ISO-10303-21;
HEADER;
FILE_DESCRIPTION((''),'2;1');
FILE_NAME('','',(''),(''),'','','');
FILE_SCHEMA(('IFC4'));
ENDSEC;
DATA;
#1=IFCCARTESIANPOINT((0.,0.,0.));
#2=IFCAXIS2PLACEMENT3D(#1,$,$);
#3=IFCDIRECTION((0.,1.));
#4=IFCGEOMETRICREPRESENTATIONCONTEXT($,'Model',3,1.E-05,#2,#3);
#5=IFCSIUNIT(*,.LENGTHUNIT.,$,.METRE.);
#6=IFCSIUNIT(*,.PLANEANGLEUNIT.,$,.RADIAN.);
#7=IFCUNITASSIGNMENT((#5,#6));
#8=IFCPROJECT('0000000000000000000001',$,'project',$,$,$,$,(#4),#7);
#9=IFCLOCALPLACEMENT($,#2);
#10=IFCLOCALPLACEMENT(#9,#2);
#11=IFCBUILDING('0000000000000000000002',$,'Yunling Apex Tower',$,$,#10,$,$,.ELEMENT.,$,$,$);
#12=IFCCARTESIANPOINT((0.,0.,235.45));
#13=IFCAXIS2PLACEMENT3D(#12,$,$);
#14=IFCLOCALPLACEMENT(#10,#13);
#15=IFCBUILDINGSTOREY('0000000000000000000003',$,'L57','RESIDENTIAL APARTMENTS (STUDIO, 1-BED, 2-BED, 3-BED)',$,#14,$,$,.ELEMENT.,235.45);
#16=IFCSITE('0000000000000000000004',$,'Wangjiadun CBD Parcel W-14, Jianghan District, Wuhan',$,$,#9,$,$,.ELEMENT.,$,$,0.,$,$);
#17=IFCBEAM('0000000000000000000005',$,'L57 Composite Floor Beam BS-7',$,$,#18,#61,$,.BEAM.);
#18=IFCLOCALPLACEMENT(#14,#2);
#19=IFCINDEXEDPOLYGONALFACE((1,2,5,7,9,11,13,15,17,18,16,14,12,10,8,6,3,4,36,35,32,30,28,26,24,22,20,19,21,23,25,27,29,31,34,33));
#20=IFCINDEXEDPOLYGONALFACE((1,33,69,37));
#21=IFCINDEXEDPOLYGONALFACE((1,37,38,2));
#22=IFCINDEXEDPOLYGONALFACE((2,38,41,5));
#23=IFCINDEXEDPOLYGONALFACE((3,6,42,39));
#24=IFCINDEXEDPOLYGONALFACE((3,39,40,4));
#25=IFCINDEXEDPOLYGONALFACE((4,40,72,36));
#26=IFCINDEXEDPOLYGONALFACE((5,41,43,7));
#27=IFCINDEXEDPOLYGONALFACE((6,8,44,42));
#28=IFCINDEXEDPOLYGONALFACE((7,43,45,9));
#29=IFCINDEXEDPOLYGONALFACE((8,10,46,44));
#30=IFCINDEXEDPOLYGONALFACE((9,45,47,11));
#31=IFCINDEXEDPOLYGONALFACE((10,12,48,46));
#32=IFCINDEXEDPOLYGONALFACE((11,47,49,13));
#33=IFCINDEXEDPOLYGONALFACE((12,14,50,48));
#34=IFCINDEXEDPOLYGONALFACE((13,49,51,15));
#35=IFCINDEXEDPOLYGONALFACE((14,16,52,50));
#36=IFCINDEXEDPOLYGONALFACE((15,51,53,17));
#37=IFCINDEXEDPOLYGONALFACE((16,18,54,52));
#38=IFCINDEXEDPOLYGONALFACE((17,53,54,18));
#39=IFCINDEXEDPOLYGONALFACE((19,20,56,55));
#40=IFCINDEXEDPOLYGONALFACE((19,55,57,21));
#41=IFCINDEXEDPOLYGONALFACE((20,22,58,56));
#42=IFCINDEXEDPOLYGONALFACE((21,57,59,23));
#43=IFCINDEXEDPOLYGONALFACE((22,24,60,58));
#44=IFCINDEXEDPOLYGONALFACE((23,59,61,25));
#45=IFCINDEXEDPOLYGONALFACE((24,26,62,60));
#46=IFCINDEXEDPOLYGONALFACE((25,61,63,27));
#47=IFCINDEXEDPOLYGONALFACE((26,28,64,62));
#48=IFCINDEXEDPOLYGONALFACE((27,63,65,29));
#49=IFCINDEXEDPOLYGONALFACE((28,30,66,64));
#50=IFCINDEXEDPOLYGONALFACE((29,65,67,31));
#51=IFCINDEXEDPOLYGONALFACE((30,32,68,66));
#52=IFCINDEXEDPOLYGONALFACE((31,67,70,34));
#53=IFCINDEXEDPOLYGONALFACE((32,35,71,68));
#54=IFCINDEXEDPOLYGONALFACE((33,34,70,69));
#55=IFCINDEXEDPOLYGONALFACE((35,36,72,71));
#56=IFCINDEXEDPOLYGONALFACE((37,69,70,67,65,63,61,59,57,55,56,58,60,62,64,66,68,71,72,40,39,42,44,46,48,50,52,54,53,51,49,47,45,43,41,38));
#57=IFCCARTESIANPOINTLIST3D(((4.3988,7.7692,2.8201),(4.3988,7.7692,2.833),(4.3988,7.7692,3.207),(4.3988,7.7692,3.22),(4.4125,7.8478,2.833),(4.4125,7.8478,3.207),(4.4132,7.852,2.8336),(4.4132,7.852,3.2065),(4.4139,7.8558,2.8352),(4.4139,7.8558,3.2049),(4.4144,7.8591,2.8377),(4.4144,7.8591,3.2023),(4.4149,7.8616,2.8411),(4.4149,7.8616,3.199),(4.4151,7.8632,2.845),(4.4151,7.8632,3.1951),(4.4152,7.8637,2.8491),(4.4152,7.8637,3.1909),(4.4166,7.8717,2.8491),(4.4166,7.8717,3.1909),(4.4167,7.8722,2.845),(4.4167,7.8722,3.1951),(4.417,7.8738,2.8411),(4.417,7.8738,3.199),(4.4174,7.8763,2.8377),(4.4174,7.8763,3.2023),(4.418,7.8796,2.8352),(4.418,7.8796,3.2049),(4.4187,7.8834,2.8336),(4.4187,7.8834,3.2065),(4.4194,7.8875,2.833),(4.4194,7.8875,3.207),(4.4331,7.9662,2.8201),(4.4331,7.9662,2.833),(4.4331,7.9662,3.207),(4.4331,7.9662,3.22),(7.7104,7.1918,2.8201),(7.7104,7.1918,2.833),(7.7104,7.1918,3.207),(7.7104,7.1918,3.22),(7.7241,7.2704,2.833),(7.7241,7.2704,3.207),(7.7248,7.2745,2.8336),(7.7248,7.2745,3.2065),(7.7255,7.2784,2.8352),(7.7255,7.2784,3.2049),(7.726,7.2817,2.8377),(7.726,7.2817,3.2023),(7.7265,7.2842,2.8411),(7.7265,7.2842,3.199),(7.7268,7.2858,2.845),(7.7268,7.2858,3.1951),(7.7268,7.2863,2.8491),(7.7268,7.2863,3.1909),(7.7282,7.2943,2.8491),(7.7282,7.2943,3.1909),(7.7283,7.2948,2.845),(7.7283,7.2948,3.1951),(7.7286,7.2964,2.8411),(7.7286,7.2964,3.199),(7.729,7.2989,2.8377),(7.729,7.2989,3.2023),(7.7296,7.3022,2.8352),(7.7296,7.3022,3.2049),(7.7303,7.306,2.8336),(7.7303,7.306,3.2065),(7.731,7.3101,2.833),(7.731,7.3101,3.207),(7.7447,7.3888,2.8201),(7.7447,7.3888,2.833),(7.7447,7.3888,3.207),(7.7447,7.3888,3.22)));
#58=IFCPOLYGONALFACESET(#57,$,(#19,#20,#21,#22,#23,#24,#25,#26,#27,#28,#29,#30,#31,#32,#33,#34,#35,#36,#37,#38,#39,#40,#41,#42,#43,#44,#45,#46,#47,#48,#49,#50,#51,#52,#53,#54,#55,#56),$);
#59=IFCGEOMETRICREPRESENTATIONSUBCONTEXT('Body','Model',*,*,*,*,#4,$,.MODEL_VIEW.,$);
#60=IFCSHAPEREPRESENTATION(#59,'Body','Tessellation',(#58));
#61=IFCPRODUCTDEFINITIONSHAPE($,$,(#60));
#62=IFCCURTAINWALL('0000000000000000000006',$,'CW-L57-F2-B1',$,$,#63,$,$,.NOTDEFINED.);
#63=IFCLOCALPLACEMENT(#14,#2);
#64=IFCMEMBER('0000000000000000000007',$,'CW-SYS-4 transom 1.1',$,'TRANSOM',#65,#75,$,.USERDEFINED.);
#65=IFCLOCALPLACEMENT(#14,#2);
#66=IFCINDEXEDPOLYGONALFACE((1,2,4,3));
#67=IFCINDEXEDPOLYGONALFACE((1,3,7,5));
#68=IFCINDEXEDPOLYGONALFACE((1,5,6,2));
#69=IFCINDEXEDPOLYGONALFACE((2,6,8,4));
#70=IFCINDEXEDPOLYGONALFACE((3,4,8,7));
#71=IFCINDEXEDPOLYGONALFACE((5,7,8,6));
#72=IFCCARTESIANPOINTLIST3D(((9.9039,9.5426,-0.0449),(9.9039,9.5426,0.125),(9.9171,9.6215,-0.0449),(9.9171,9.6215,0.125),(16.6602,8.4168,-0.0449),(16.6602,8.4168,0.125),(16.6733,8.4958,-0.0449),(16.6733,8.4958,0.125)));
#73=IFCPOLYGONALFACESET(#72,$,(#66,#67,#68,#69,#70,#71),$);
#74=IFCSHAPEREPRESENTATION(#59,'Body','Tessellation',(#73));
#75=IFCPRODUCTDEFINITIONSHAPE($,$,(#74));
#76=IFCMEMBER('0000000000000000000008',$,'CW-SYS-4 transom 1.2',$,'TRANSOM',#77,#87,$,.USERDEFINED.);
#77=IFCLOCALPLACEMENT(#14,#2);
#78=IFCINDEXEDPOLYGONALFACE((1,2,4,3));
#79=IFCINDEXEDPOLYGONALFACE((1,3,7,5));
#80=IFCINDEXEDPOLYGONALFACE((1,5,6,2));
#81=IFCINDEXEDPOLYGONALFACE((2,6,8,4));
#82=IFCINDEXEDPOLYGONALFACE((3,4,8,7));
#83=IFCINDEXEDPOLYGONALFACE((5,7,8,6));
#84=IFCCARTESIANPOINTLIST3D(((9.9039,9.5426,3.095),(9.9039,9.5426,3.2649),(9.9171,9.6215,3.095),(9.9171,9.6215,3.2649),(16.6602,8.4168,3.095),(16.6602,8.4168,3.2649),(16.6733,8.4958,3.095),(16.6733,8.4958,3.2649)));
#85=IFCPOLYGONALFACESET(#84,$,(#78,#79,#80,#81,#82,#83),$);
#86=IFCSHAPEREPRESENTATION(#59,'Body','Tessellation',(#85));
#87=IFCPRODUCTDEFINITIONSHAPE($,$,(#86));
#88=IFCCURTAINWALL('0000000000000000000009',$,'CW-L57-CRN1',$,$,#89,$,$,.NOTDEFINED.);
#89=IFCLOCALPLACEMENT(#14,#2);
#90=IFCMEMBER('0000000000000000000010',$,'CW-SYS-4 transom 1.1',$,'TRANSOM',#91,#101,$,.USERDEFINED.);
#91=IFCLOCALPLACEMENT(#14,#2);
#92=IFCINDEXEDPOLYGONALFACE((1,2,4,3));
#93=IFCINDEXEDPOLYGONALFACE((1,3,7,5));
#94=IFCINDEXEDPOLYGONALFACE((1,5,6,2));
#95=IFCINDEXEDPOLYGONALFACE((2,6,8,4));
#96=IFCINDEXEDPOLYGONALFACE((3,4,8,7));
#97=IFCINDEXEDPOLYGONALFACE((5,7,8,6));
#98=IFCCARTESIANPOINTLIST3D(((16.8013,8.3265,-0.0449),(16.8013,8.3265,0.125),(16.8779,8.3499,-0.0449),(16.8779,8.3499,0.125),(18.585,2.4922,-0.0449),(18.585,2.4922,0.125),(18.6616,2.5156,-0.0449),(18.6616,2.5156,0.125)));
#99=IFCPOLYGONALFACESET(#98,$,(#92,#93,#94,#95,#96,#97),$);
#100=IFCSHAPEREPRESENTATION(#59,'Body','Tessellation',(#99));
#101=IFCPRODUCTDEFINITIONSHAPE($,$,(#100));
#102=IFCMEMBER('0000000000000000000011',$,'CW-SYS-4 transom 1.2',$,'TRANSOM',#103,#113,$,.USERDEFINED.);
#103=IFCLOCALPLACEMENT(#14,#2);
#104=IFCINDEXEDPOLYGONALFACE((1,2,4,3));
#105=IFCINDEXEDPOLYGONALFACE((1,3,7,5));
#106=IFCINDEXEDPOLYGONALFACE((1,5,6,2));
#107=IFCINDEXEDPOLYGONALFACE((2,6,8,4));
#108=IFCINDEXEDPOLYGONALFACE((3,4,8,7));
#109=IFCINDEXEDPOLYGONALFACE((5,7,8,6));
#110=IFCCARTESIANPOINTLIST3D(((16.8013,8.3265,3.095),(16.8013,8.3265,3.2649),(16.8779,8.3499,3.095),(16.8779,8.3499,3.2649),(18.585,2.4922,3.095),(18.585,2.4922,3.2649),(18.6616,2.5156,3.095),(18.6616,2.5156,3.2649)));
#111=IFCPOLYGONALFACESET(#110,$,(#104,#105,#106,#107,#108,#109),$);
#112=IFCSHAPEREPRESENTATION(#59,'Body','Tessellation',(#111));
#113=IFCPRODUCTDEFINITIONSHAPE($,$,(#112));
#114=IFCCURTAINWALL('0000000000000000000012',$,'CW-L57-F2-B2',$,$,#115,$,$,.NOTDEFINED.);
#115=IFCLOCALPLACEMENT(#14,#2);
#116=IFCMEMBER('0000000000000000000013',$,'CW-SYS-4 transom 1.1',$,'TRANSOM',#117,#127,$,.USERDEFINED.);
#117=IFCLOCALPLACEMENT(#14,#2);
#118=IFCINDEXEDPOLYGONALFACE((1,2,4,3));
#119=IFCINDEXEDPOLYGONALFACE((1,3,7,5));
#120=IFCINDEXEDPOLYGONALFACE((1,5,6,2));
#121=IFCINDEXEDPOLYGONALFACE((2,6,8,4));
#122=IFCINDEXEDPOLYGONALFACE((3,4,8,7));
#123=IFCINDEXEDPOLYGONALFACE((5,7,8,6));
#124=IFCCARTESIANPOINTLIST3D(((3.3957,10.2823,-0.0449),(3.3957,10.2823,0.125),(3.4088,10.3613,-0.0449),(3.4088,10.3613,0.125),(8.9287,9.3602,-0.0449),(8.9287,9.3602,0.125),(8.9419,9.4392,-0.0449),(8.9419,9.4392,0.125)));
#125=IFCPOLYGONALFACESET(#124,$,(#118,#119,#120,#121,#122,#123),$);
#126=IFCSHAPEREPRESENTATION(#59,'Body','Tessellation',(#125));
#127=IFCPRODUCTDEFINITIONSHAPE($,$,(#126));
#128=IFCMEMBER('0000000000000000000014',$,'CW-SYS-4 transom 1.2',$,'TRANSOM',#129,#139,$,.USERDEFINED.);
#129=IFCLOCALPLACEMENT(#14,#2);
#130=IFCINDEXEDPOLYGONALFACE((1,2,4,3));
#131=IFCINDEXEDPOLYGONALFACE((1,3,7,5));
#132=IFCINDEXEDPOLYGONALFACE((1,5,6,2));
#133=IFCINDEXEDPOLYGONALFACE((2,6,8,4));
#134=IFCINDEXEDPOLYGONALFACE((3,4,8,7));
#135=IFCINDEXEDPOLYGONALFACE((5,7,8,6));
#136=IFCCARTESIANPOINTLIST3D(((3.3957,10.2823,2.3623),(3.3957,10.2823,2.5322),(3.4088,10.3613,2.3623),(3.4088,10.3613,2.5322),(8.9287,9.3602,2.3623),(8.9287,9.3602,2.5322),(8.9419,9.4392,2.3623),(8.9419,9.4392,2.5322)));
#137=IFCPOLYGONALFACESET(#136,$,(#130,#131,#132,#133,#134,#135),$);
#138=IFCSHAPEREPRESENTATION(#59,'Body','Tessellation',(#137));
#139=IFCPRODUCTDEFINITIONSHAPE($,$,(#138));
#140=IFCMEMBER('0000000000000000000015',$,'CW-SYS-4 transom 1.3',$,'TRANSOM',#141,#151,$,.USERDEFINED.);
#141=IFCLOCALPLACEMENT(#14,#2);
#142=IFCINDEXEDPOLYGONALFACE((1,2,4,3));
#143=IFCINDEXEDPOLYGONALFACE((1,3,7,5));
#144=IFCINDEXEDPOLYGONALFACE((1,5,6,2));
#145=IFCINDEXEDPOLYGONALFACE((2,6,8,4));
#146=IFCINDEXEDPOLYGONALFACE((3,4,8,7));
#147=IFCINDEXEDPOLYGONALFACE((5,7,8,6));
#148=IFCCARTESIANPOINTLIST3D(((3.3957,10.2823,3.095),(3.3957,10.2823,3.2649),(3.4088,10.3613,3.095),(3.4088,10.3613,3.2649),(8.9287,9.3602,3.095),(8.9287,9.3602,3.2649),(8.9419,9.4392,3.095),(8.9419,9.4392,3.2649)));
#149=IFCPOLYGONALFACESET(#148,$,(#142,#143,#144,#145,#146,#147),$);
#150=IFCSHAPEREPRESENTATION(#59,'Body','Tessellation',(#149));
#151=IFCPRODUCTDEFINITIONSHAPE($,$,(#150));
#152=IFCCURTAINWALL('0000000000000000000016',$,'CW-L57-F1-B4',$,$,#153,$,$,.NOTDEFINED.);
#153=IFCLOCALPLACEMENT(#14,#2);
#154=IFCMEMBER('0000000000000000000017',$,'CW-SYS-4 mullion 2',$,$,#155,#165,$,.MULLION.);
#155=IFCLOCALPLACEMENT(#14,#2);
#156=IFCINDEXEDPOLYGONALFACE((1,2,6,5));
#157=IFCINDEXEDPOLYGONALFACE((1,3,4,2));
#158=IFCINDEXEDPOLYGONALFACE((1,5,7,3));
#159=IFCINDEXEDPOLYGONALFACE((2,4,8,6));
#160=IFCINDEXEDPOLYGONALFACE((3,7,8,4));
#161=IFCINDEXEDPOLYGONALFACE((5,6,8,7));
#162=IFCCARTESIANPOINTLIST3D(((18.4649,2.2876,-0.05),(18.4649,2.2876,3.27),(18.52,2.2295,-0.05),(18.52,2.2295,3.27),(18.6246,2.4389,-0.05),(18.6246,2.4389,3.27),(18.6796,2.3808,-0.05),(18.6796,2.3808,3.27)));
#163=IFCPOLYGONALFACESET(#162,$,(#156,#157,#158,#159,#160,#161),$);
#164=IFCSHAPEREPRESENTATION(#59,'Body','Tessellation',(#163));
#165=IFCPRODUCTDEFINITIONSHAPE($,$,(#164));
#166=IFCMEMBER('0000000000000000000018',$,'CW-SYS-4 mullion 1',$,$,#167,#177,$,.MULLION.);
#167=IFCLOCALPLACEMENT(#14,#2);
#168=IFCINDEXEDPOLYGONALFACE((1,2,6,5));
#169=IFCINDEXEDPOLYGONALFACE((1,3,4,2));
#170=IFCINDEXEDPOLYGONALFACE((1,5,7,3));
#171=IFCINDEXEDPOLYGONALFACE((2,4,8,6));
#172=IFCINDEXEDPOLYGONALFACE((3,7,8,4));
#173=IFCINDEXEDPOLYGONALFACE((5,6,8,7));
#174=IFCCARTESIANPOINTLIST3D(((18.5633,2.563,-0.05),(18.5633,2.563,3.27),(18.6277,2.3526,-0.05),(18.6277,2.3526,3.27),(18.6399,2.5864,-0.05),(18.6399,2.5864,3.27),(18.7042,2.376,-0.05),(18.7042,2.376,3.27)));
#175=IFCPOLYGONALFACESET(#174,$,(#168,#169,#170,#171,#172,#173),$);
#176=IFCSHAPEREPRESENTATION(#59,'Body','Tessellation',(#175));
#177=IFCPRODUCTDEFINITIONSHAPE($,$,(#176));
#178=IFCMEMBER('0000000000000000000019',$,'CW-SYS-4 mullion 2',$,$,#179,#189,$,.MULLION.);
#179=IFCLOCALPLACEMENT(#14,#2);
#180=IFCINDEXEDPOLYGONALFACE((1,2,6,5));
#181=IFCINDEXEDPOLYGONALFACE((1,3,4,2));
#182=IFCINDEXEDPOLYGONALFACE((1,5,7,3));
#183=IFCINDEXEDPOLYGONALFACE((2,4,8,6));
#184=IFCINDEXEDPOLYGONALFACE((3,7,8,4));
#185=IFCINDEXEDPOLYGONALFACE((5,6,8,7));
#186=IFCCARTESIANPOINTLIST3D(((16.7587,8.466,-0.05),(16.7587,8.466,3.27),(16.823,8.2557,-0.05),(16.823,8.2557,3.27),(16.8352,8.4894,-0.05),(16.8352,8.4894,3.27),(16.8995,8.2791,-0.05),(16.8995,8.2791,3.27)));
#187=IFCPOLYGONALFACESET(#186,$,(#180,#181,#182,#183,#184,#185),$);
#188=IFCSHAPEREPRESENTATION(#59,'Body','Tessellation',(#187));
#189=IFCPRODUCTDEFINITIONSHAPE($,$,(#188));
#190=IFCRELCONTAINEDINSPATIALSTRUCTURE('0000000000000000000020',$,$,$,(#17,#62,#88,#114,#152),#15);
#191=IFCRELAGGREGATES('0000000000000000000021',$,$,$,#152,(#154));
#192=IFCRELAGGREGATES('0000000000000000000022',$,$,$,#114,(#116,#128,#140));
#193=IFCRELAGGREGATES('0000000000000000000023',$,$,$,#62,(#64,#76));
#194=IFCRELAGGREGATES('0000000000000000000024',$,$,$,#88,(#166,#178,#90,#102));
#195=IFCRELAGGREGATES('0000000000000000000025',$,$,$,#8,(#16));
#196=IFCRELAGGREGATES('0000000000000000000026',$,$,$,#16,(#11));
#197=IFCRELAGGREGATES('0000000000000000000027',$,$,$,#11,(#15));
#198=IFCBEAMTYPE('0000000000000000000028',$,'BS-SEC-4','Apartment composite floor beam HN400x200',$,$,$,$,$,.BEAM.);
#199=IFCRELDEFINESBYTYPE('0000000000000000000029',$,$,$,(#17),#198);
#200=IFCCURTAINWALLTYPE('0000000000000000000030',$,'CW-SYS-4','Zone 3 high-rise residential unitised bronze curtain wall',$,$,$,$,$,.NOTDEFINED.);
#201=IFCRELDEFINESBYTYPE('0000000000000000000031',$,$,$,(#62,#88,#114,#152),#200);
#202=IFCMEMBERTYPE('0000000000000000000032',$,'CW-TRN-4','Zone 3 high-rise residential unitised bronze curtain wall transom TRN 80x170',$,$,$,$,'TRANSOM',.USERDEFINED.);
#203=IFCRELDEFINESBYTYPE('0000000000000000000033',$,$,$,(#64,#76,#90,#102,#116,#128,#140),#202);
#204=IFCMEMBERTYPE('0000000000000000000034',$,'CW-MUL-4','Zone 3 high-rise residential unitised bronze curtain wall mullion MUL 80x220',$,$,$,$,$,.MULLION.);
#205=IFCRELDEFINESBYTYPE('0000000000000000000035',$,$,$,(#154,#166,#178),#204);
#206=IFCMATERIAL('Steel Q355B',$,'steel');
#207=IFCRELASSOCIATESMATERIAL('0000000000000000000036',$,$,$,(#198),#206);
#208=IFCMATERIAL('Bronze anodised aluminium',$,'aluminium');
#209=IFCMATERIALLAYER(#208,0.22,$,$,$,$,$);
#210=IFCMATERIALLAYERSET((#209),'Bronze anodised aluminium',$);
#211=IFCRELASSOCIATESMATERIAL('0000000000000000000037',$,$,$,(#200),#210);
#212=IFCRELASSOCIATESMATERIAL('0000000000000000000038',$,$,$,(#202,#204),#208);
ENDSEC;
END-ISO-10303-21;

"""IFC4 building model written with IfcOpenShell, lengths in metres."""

from ifc_helpers import new_model, si_unit, direction, frame, origin, origin_2d, place, context, subcontext, project, spatial, rectangle, i_section, extrude, source, transform, mapped, material, layer, layer_set, material_profile, profile_set, type_object, element, aggregate, save


model = new_model("IFC4")

# Units and contexts
model_context = context("Model", 3, precision=1e-05, world=origin(), true_north=direction((0.0, 1.0)))
body_context = subcontext(model_context, "Body", "Model", "MODEL_VIEW")
ifc_project = project(units=[si_unit("LENGTHUNIT", "METRE"), si_unit("PLANEANGLEUNIT", "RADIAN")], contexts=[model_context])

# Site, building, storey
site_placement = place(None, origin())
site = spatial("IfcSite", under=ifc_project, at=site_placement, Name="Wangjiadun CBD Parcel W-14, Jianghan District, Wuhan", CompositionType="ELEMENT", RefElevation=0.0)
building_placement = place(site_placement, origin())
building = spatial("IfcBuilding", under=site, at=building_placement, Name="Yunling Apex Tower", CompositionType="ELEMENT")
storey_placement = place(building_placement, frame((0.0, 0.0, 235.45)))
storey = spatial("IfcBuildingStorey", under=building, at=storey_placement, Name="L57", Description="RESIDENTIAL APARTMENTS (STUDIO, 1-BED, 2-BED, 3-BED)", CompositionType="ELEMENT", Elevation=235.45)

# Beam
ifc_material_1 = material(Name="Steel Q355B", Category="steel")
ifc_material_profile_1 = material_profile(ifc_material_1, i_section(OverallWidth=0.2, OverallDepth=0.3999, WebThickness=0.0081, FlangeThickness=0.0129, FilletRadius=0.0161, at=origin_2d()))
ifc_profile_set_1 = profile_set([ifc_material_profile_1], Name="Steel Q355B")
beam_type_1 = type_object("IfcBeamType", Name="BS-SEC-4", Description="Apartment composite floor beam HN400x200", PredefinedType="BEAM", material=ifc_profile_set_1)
shared_shape_1 = source(origin(), body_context, "Body", "SweptSolid", [
    extrude(i_section(OverallWidth=0.2, OverallDepth=0.3999, WebThickness=0.0081, FlangeThickness=0.0129, FilletRadius=0.0161, at=origin_2d()), origin(), (0.0, 0.0, 1.0), 3.3616),
])
beam_1_placement = place(storey_placement, frame((7.7275, 7.2903, 3.02), z_axis=(-0.985138, 0.171767, 0.0), x_axis=(-0.171767, -0.985138, 0.0)))
element("IfcBeam", 1, at=beam_1_placement, inside=storey, type_object=beam_type_1, Name="L57 Composite Floor Beam BS-7", PredefinedType="BEAM", context=body_context, shape_type="MappedRepresentation", body=[
    mapped(shared_shape_1, transform((0.0, 0.0, 0.0), scale=1.0)),
])

# Curtain walls, members
ifc_material_2 = material(Name="Bronze anodised aluminium", Category="aluminium")
ifc_layer_1 = layer(ifc_material_2, 0.22)
ifc_layer_set_1 = layer_set([ifc_layer_1], Name="Bronze anodised aluminium")
curtain_wall_type = type_object("IfcCurtainWallType", Name="CW-SYS-4", Description="Zone 3 high-rise residential unitised bronze curtain wall", PredefinedType="NOTDEFINED", material=ifc_layer_set_1)
curtain_wall_1_placement = place(storey_placement, origin())
curtain_wall_1 = element("IfcCurtainWall", 2, at=curtain_wall_1_placement, inside=storey, type_object=curtain_wall_type, Name="CW-L57-F2-B1", PredefinedType="NOTDEFINED")
ifc_material_profile_2 = material_profile(ifc_material_2, rectangle(XDim=0.0801, YDim=0.1699, at=origin_2d()))
ifc_profile_set_2 = profile_set([ifc_material_profile_2], Name="Bronze anodised aluminium")
member_type_1 = type_object("IfcMemberType", Name="CW-TRN-4", Description="Zone 3 high-rise residential unitised bronze curtain wall transom TRN 80x170", ElementType="TRANSOM", PredefinedType="USERDEFINED", material=ifc_profile_set_2)
shared_shape_2 = source(origin(), body_context, "Body", "SweptSolid", [
    extrude(rectangle(XDim=0.0801, YDim=0.1699, at=origin_2d()), origin(), (0.0, 0.0, 1.0), 6.8494),
])
member_1_placement = place(storey_placement, frame((16.6667, 8.4563, 0.04), z_axis=(-0.986401, 0.164359, 0.0), x_axis=(-0.164359, -0.986401, 0.0)))
member_1 = element("IfcMember", 3, at=member_1_placement, type_object=member_type_1, Name="CW-SYS-4 transom 1.1", ObjectType="TRANSOM", PredefinedType="USERDEFINED", context=body_context, shape_type="MappedRepresentation", body=[
    mapped(shared_shape_2, transform((0.0, 0.0, 0.0), scale=1.0)),
])
member_2_placement = place(storey_placement, frame((16.6667, 8.4563, 3.1799), z_axis=(-0.986401, 0.164359, 0.0), x_axis=(-0.164359, -0.986401, 0.0)))
member_2 = element("IfcMember", 4, at=member_2_placement, type_object=member_type_1, Name="CW-SYS-4 transom 1.2", ObjectType="TRANSOM", PredefinedType="USERDEFINED", context=body_context, shape_type="MappedRepresentation", body=[
    mapped(shared_shape_2, transform((0.0, 0.0, 0.0), scale=1.0)),
])
curtain_wall_2_placement = place(storey_placement, origin())
curtain_wall_2 = element("IfcCurtainWall", 5, at=curtain_wall_2_placement, inside=storey, type_object=curtain_wall_type, Name="CW-L57-CRN1", PredefinedType="NOTDEFINED")
shared_shape_3 = source(origin(), body_context, "Body", "SweptSolid", [
    extrude(rectangle(XDim=0.0801, YDim=0.1699, at=origin_2d()), origin(), (0.0, 0.0, 1.0), 6.1008),
])
member_3_placement = place(storey_placement, frame((18.6233, 2.5039, 0.04), z_axis=(-0.29237, 0.956305, 0.0), x_axis=(-0.956305, -0.29237, 0.0)))
member_3 = element("IfcMember", 6, at=member_3_placement, type_object=member_type_1, Name="CW-SYS-4 transom 1.1", ObjectType="TRANSOM", PredefinedType="USERDEFINED", context=body_context, shape_type="MappedRepresentation", body=[
    mapped(shared_shape_3, transform((0.0, 0.0, 0.0), scale=1.0)),
])
member_4_placement = place(storey_placement, frame((18.6233, 2.5039, 3.1799), z_axis=(-0.29237, 0.956305, 0.0), x_axis=(-0.956305, -0.29237, 0.0)))
member_4 = element("IfcMember", 7, at=member_4_placement, type_object=member_type_1, Name="CW-SYS-4 transom 1.2", ObjectType="TRANSOM", PredefinedType="USERDEFINED", context=body_context, shape_type="MappedRepresentation", body=[
    mapped(shared_shape_3, transform((0.0, 0.0, 0.0), scale=1.0)),
])
curtain_wall_3_placement = place(storey_placement, origin())
curtain_wall_3 = element("IfcCurtainWall", 8, at=curtain_wall_3_placement, inside=storey, type_object=curtain_wall_type, Name="CW-L57-F2-B2", PredefinedType="NOTDEFINED")
shared_shape_4 = source(origin(), body_context, "Body", "SweptSolid", [
    extrude(rectangle(XDim=0.0801, YDim=0.1699, at=origin_2d()), origin(), (0.0, 0.0, 1.0), 5.6094),
])
member_5_placement = place(storey_placement, frame((8.9353, 9.3997, 0.04), z_axis=(-0.986395, 0.164392, 0.0), x_axis=(-0.164392, -0.986395, 0.0)))
member_5 = element("IfcMember", 9, at=member_5_placement, type_object=member_type_1, Name="CW-SYS-4 transom 1.1", ObjectType="TRANSOM", PredefinedType="USERDEFINED", context=body_context, shape_type="MappedRepresentation", body=[
    mapped(shared_shape_4, transform((0.0, 0.0, 0.0), scale=1.0)),
])
member_6_placement = place(storey_placement, frame((8.9353, 9.3997, 2.4473), z_axis=(-0.986395, 0.164392, 0.0), x_axis=(-0.164392, -0.986395, 0.0)))
member_6 = element("IfcMember", 10, at=member_6_placement, type_object=member_type_1, Name="CW-SYS-4 transom 1.2", ObjectType="TRANSOM", PredefinedType="USERDEFINED", context=body_context, shape_type="MappedRepresentation", body=[
    mapped(shared_shape_4, transform((0.0, 0.0, 0.0), scale=1.0)),
])
member_7_placement = place(storey_placement, frame((8.9353, 9.3997, 3.1799), z_axis=(-0.986395, 0.164392, 0.0), x_axis=(-0.164392, -0.986395, 0.0)))
member_7 = element("IfcMember", 11, at=member_7_placement, type_object=member_type_1, Name="CW-SYS-4 transom 1.3", ObjectType="TRANSOM", PredefinedType="USERDEFINED", context=body_context, shape_type="MappedRepresentation", body=[
    mapped(shared_shape_4, transform((0.0, 0.0, 0.0), scale=1.0)),
])

# Curtain wall, member
curtain_wall_4_placement = place(storey_placement, origin())
curtain_wall_4 = element("IfcCurtainWall", 12, at=curtain_wall_4_placement, inside=storey, type_object=curtain_wall_type, Name="CW-L57-F1-B4", PredefinedType="NOTDEFINED")
ifc_material_profile_3 = material_profile(ifc_material_2, rectangle(XDim=0.0801, YDim=0.22, at=origin_2d()))
ifc_profile_set_3 = profile_set([ifc_material_profile_3], Name="Bronze anodised aluminium")
member_type_2 = type_object("IfcMemberType", Name="CW-MUL-4", Description="Zone 3 high-rise residential unitised bronze curtain wall mullion MUL 80x220", PredefinedType="MULLION", material=ifc_profile_set_3)
shared_shape_5 = source(origin(), body_context, "Body", "SweptSolid", [
    extrude(rectangle(XDim=0.0801, YDim=0.22, at=origin_2d()), origin(), (0.0, 0.0, 1.0), 3.3201),
])
member_8_placement = place(storey_placement, frame((18.5723, 2.3342, -0.05), z_axis=(0.0, 0.0, 1.0), x_axis=(-0.687848, 0.725855, 0.0)))
member_8 = element("IfcMember", 13, at=member_8_placement, type_object=member_type_2, Name="CW-SYS-4 mullion 2", PredefinedType="MULLION", context=body_context, shape_type="MappedRepresentation", body=[
    mapped(shared_shape_5, transform((0.0, 0.0, 0.0), scale=1.0)),
])
aggregate(curtain_wall_4, [member_8])

# Members
member_9_placement = place(storey_placement, frame((18.6338, 2.4695, -0.05), z_axis=(0.0, 0.0, 1.0), x_axis=(-0.956305, -0.292369, 0.0)))
member_9 = element("IfcMember", 14, at=member_9_placement, type_object=member_type_2, Name="CW-SYS-4 mullion 1", PredefinedType="MULLION", context=body_context, shape_type="MappedRepresentation", body=[
    mapped(shared_shape_5, transform((0.0, 0.0, 0.0), scale=1.0)),
])
member_10_placement = place(storey_placement, frame((16.8291, 8.3726, -0.05), z_axis=(0.0, 0.0, 1.0), x_axis=(-0.956305, -0.292369, 0.0)))
member_10 = element("IfcMember", 15, at=member_10_placement, type_object=member_type_2, Name="CW-SYS-4 mullion 2", PredefinedType="MULLION", context=body_context, shape_type="MappedRepresentation", body=[
    mapped(shared_shape_5, transform((0.0, 0.0, 0.0), scale=1.0)),
])

aggregate(curtain_wall_3, [member_5, member_6, member_7])
aggregate(curtain_wall_1, [member_1, member_2])
aggregate(curtain_wall_2, [member_9, member_10, member_3, member_4])

save(model, "model.ifc")
